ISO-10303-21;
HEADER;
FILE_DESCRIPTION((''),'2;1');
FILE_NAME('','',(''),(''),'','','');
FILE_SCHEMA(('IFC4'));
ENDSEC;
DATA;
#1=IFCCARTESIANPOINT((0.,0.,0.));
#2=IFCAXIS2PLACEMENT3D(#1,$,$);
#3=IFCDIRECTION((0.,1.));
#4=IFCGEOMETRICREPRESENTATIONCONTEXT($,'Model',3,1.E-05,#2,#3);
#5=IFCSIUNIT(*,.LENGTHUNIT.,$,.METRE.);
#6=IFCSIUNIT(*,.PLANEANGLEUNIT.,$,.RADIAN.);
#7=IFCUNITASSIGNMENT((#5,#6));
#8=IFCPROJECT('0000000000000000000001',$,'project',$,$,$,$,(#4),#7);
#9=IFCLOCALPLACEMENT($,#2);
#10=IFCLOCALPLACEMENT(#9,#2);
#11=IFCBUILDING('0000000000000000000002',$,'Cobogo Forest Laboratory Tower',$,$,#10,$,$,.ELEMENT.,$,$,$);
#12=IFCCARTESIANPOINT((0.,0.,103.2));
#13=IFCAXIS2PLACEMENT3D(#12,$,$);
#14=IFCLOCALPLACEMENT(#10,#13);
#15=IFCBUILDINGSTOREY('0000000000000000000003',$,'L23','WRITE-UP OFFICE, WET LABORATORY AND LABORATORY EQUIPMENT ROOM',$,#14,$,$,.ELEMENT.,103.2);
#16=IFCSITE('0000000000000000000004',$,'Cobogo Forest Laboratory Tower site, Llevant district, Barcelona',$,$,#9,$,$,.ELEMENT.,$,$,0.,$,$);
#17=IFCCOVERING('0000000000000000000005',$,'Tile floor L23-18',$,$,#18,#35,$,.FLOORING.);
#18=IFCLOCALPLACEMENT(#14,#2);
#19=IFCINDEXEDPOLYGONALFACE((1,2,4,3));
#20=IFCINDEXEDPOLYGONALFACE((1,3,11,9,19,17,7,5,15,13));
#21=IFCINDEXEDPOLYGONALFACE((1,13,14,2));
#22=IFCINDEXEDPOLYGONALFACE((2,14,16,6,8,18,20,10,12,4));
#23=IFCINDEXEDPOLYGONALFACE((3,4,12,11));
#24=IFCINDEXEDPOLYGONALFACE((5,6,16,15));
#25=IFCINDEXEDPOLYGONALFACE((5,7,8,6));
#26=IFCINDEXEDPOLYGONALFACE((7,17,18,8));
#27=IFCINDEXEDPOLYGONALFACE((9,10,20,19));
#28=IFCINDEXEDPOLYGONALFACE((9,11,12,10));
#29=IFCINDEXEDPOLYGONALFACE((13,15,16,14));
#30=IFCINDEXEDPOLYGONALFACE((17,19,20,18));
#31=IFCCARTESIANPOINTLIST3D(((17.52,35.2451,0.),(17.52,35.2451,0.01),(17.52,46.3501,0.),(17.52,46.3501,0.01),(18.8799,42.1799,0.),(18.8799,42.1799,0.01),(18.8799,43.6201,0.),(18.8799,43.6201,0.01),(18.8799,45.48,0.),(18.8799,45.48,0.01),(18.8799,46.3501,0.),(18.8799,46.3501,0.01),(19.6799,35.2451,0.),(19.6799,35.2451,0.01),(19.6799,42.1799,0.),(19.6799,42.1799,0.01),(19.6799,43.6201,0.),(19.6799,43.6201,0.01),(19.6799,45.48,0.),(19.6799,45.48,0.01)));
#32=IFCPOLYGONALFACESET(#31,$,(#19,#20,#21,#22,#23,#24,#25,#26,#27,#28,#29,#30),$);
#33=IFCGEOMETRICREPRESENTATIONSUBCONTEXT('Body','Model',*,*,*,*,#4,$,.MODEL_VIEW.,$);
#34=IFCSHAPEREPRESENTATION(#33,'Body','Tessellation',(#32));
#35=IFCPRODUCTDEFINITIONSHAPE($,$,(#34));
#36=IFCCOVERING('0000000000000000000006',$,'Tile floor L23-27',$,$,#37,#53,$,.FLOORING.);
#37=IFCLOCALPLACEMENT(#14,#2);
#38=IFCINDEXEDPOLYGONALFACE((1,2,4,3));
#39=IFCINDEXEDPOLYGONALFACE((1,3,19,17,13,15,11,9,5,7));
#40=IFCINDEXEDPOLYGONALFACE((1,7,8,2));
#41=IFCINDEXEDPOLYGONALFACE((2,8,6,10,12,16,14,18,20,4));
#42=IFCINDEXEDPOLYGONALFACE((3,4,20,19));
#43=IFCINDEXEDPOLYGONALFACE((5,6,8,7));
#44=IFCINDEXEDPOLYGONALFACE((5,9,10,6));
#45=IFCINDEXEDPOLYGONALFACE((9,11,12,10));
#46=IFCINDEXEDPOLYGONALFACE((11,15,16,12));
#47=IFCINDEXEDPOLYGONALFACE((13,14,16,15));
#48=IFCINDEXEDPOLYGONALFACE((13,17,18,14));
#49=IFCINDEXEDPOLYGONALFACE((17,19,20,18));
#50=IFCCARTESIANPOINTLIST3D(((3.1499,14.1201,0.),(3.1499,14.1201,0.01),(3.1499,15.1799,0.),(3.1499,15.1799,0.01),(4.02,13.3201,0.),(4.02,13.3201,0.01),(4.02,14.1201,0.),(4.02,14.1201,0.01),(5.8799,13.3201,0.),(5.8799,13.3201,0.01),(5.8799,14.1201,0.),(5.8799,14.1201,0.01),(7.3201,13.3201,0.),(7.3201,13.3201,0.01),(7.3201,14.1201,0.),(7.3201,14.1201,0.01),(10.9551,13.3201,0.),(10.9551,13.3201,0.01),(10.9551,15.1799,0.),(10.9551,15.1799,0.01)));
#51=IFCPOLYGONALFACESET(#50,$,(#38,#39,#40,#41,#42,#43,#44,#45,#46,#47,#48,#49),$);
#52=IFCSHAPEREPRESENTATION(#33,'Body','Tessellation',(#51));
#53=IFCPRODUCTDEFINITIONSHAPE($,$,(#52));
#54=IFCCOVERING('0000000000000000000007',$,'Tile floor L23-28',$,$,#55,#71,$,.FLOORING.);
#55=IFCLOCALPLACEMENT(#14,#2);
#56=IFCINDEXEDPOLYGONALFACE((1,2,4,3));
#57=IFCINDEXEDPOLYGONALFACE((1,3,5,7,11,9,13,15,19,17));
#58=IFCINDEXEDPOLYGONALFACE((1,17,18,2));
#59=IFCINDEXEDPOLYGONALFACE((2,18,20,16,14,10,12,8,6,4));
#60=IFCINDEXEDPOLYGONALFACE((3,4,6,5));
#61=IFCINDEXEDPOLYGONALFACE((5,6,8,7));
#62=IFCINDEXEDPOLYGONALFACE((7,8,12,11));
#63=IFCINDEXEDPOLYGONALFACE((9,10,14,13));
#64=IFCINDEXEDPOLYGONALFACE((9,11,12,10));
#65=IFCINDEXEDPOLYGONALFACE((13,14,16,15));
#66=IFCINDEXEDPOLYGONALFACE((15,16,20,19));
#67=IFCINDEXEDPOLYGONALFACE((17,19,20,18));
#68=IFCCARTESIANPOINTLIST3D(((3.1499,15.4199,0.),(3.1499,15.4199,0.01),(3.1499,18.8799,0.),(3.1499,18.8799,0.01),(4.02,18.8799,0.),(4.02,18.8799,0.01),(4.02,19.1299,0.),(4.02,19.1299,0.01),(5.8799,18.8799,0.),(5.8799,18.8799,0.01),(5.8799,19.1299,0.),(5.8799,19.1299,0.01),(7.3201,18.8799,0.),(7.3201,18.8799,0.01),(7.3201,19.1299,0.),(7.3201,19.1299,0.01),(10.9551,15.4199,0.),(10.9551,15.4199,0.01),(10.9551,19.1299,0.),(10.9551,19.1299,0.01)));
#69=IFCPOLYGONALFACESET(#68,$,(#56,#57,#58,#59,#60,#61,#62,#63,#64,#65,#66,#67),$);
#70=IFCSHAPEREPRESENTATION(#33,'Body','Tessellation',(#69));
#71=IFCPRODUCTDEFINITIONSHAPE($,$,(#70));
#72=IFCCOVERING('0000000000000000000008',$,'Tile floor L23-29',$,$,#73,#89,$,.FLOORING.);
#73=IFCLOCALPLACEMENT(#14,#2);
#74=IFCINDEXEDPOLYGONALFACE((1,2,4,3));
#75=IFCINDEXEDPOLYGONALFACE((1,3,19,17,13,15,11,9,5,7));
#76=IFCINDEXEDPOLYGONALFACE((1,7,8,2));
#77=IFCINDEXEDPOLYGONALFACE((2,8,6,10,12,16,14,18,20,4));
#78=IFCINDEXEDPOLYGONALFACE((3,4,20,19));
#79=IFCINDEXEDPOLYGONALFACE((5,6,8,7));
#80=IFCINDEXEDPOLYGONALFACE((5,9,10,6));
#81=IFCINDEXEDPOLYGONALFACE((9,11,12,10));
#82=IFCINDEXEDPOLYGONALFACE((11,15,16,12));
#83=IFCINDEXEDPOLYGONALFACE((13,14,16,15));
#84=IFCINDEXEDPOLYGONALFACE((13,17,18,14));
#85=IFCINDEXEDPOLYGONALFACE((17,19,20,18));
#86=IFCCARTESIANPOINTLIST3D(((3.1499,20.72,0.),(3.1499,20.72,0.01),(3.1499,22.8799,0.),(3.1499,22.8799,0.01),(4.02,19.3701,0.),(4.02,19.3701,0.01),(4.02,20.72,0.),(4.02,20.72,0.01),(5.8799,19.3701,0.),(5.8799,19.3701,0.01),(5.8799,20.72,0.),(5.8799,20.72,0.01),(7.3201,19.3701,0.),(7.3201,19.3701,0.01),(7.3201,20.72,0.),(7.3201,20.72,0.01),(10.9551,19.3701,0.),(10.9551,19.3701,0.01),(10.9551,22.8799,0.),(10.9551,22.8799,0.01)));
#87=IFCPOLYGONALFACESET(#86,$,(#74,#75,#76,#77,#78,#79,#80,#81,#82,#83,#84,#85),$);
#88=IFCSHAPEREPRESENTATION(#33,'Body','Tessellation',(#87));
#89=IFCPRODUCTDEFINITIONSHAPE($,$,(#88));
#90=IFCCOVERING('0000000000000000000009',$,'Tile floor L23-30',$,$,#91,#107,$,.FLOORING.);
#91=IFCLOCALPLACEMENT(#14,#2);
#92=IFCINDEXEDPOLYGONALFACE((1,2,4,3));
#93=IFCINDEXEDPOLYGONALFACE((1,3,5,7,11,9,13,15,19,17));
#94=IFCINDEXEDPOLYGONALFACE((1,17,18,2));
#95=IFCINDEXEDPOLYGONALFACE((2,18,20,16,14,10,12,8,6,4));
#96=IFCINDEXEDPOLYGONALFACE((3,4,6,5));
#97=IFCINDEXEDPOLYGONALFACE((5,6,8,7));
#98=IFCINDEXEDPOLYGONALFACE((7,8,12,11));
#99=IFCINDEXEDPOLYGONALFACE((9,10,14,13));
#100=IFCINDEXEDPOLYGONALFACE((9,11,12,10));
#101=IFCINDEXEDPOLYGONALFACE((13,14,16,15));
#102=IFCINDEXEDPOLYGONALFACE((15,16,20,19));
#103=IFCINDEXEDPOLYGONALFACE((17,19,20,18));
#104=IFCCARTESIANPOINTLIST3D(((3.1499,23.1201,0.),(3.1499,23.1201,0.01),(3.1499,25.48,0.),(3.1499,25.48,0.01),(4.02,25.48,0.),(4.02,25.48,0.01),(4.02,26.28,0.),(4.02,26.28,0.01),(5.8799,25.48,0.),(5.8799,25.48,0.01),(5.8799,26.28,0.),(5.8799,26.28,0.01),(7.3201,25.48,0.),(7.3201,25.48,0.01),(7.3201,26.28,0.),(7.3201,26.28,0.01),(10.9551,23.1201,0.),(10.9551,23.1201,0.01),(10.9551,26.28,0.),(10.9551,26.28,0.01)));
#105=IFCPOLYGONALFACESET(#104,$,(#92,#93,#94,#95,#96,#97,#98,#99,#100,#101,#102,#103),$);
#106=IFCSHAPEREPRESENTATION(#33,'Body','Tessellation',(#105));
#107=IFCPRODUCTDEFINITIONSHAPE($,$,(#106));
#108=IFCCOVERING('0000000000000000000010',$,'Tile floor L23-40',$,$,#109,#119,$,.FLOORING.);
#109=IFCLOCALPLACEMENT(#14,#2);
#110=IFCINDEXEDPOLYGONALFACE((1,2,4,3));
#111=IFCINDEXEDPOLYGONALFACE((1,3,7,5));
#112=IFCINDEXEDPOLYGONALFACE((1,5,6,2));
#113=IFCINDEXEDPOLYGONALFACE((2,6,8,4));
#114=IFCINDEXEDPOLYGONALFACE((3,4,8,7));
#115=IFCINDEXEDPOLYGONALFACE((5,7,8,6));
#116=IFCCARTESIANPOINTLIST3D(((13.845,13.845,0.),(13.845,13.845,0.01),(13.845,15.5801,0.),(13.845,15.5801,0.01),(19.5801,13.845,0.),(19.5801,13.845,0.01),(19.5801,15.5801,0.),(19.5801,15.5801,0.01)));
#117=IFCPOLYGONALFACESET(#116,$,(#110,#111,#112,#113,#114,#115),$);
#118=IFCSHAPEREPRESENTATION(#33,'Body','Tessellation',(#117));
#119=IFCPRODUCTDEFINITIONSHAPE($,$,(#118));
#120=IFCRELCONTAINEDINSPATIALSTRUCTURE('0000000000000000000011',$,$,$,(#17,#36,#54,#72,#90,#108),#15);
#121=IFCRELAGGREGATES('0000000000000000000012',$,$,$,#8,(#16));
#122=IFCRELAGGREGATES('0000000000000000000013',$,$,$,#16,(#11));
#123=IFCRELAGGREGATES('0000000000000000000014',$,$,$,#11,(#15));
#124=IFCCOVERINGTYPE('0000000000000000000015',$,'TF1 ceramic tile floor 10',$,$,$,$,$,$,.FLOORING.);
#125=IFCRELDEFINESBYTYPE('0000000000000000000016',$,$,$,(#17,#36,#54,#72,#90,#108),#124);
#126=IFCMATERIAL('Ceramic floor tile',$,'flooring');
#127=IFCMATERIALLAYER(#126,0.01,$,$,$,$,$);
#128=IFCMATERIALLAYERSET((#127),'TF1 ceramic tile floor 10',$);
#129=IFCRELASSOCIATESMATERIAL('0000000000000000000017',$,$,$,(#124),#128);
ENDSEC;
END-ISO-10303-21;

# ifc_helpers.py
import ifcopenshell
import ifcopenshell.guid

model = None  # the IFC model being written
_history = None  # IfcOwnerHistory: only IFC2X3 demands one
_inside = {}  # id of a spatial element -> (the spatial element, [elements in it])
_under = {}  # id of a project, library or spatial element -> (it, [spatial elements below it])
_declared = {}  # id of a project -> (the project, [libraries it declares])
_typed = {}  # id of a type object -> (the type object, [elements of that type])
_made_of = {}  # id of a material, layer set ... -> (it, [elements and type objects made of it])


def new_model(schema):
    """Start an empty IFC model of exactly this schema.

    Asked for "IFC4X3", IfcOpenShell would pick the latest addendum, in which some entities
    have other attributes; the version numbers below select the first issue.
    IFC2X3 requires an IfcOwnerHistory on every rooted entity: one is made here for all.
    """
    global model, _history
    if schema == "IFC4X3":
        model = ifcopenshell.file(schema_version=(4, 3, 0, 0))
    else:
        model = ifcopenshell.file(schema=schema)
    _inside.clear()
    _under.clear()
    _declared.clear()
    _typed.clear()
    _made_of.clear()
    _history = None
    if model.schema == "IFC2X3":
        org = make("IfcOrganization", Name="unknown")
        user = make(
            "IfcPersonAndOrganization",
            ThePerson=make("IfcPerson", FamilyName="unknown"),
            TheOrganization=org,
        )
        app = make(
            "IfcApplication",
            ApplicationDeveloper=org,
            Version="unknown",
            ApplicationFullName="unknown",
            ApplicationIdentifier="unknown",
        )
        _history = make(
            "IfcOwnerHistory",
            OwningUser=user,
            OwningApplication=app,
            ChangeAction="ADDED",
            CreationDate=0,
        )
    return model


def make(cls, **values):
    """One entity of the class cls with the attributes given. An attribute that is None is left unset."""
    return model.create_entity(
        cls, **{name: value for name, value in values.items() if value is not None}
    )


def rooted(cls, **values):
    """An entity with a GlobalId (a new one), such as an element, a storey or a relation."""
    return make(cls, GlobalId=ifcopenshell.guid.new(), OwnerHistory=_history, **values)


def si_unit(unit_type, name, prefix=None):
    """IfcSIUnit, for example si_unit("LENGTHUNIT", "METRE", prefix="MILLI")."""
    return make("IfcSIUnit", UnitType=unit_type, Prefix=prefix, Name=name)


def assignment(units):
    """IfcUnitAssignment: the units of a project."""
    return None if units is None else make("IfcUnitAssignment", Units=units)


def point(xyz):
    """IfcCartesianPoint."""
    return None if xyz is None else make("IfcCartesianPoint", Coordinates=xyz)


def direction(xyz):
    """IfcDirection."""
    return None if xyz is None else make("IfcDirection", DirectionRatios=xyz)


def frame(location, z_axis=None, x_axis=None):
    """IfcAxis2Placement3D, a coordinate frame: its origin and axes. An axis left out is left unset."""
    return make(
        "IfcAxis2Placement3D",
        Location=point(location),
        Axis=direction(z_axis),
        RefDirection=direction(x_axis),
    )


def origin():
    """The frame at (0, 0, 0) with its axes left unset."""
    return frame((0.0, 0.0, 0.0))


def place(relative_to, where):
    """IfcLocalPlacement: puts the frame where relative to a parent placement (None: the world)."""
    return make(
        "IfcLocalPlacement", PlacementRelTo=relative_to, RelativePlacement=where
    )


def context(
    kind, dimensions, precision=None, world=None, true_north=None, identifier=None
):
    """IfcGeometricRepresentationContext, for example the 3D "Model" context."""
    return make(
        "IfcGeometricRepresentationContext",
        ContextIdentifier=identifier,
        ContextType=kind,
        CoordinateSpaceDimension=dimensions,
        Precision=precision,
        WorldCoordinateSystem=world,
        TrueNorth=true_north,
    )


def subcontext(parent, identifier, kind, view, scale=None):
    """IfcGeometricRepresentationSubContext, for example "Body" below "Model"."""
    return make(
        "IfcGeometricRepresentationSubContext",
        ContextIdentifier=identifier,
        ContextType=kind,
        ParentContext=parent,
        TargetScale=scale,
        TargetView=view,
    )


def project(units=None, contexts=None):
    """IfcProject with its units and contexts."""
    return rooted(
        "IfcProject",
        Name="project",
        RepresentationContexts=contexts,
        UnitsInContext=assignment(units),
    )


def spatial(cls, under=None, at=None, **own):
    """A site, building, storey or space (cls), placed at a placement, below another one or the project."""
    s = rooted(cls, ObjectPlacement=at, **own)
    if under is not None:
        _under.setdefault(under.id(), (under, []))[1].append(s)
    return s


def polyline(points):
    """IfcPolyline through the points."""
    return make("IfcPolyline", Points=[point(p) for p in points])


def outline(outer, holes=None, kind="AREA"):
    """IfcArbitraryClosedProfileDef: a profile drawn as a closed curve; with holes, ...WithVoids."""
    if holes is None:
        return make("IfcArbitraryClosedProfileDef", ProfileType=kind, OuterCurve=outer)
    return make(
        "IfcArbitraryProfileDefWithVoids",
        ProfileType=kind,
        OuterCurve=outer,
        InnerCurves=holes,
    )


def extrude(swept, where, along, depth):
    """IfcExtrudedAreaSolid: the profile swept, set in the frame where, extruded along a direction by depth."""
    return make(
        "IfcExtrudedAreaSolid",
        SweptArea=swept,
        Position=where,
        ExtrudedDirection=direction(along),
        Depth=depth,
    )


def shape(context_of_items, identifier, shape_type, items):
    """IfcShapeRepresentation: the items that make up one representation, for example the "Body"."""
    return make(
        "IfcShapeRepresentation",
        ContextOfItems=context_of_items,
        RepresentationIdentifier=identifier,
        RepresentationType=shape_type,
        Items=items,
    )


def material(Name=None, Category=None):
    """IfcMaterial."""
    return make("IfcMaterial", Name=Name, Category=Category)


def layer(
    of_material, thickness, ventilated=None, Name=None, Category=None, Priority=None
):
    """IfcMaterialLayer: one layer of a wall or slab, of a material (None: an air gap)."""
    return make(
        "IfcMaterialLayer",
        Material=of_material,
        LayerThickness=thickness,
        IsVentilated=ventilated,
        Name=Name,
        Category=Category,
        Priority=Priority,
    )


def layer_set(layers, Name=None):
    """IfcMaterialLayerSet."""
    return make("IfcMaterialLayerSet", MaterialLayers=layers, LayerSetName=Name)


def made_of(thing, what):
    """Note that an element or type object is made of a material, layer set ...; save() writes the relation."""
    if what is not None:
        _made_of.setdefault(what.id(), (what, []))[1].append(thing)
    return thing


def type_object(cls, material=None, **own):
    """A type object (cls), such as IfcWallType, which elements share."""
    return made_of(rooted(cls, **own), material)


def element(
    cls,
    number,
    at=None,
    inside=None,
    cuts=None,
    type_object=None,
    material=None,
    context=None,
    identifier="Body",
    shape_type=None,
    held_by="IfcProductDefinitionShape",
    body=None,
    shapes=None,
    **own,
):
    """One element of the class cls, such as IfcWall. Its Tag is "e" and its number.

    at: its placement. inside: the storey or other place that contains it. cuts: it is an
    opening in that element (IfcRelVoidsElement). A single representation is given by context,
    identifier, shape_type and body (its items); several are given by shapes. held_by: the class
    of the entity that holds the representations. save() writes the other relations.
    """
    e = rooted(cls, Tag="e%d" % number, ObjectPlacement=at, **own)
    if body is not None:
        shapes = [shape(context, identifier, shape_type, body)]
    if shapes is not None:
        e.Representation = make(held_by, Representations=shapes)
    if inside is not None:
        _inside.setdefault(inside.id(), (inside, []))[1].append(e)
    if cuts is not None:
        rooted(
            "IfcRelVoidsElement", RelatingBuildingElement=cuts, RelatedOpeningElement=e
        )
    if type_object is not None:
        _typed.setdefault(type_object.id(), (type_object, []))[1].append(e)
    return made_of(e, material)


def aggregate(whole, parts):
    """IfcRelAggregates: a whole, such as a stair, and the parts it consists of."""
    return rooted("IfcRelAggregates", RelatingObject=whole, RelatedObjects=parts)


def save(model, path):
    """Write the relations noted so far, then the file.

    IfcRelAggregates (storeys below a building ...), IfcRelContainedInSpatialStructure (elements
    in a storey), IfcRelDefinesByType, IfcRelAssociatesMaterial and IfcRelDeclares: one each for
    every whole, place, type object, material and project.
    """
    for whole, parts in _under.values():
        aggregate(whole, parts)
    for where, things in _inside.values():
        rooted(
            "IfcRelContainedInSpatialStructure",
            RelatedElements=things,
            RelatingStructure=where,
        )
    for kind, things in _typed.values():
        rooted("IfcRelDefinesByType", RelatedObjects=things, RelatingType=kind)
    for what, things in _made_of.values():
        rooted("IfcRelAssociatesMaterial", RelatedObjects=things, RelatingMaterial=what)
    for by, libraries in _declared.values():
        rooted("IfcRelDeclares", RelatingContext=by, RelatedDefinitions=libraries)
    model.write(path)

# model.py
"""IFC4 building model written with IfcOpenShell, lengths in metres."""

from ifc_helpers import new_model, si_unit, direction, frame, origin, place, context, subcontext, project, spatial, polyline, outline, extrude, material, layer, layer_set, type_object, element, save


model = new_model("IFC4")

# Units and contexts
model_context = context("Model", 3, precision=1e-05, world=origin(), true_north=direction((0.0, 1.0)))
body_context = subcontext(model_context, "Body", "Model", "MODEL_VIEW")
ifc_project = project(units=[si_unit("LENGTHUNIT", "METRE"), si_unit("PLANEANGLEUNIT", "RADIAN")], contexts=[model_context])

# Site, building, storey
site_placement = place(None, origin())
site = spatial("IfcSite", under=ifc_project, at=site_placement, Name="Cobogo Forest Laboratory Tower site, Llevant district, Barcelona", CompositionType="ELEMENT", RefElevation=0.0)
building_placement = place(site_placement, origin())
building = spatial("IfcBuilding", under=site, at=building_placement, Name="Cobogo Forest Laboratory Tower", CompositionType="ELEMENT")
storey_placement = place(building_placement, frame((0.0, 0.0, 103.2)))
storey = spatial("IfcBuildingStorey", under=building, at=storey_placement, Name="L23", Description="WRITE-UP OFFICE, WET LABORATORY AND LABORATORY EQUIPMENT ROOM", CompositionType="ELEMENT", Elevation=103.2)

# Coverings
ifc_material_1 = material(Name="Ceramic floor tile", Category="flooring")
ifc_layer_1 = layer(ifc_material_1, 0.01)
ifc_layer_set_1 = layer_set([ifc_layer_1], Name="TF1 ceramic tile floor 10")
covering_type_1 = type_object("IfcCoveringType", Name="TF1 ceramic tile floor 10", PredefinedType="FLOORING", material=ifc_layer_set_1)
covering_1_placement = place(storey_placement, origin())
element("IfcCovering", 1, at=covering_1_placement, inside=storey, type_object=covering_type_1, Name="Tile floor L23-18", PredefinedType="FLOORING", context=body_context, shape_type="SweptSolid", body=[
    extrude(outline(polyline([(17.52, 35.2451), (17.52, 46.3501), (18.8799, 46.3501), (18.8799, 45.48), (19.6799, 45.48), (19.6799, 43.6201), (18.8799, 43.6201), (18.8799, 42.1799), (19.6799, 42.1799), (19.6799, 35.2451), (17.52, 35.2451)])), origin(), (0.0, 0.0, 1.0), 0.01),
])
covering_2_placement = place(storey_placement, origin())
element("IfcCovering", 2, at=covering_2_placement, inside=storey, type_object=covering_type_1, Name="Tile floor L23-27", PredefinedType="FLOORING", context=body_context, shape_type="SweptSolid", body=[
    extrude(outline(polyline([(10.9551, 13.3201), (7.3201, 13.3201), (7.3201, 14.1201), (5.8799, 14.1201), (5.8799, 13.3201), (4.02, 13.3201), (4.02, 14.1201), (3.1499, 14.1201), (3.1499, 15.1799), (10.9551, 15.1799), (10.9551, 13.3201)])), origin(), (0.0, 0.0, 1.0), 0.01),
])
covering_3_placement = place(storey_placement, origin())
element("IfcCovering", 3, at=covering_3_placement, inside=storey, type_object=covering_type_1, Name="Tile floor L23-28", PredefinedType="FLOORING", context=body_context, shape_type="SweptSolid", body=[
    extrude(outline(polyline([(10.9551, 15.4199), (3.1499, 15.4199), (3.1499, 18.8799), (4.02, 18.8799), (4.02, 19.1299), (5.8799, 19.1299), (5.8799, 18.8799), (7.3201, 18.8799), (7.3201, 19.1299), (10.9551, 19.1299), (10.9551, 15.4199)])), origin(), (0.0, 0.0, 1.0), 0.01),
])
covering_4_placement = place(storey_placement, origin())
element("IfcCovering", 4, at=covering_4_placement, inside=storey, type_object=covering_type_1, Name="Tile floor L23-29", PredefinedType="FLOORING", context=body_context, shape_type="SweptSolid", body=[
    extrude(outline(polyline([(10.9551, 19.3701), (7.3201, 19.3701), (7.3201, 20.72), (5.8799, 20.72), (5.8799, 19.3701), (4.02, 19.3701), (4.02, 20.72), (3.1499, 20.72), (3.1499, 22.8799), (10.9551, 22.8799), (10.9551, 19.3701)])), origin(), (0.0, 0.0, 1.0), 0.01),
])
covering_5_placement = place(storey_placement, origin())
element("IfcCovering", 5, at=covering_5_placement, inside=storey, type_object=covering_type_1, Name="Tile floor L23-30", PredefinedType="FLOORING", context=body_context, shape_type="SweptSolid", body=[
    extrude(outline(polyline([(10.9551, 23.1201), (3.1499, 23.1201), (3.1499, 25.48), (4.02, 25.48), (4.02, 26.28), (5.8799, 26.28), (5.8799, 25.48), (7.3201, 25.48), (7.3201, 26.28), (10.9551, 26.28), (10.9551, 23.1201)])), origin(), (0.0, 0.0, 1.0), 0.01),
])
covering_6_placement = place(storey_placement, origin())
element("IfcCovering", 6, at=covering_6_placement, inside=storey, type_object=covering_type_1, Name="Tile floor L23-40", PredefinedType="FLOORING", context=body_context, shape_type="SweptSolid", body=[
    extrude(outline(polyline([(19.5801, 13.845), (13.845, 13.845), (13.845, 15.5801), (19.5801, 15.5801), (19.5801, 13.845)])), origin(), (0.0, 0.0, 1.0), 0.01),
])

save(model, "model.ifc")
